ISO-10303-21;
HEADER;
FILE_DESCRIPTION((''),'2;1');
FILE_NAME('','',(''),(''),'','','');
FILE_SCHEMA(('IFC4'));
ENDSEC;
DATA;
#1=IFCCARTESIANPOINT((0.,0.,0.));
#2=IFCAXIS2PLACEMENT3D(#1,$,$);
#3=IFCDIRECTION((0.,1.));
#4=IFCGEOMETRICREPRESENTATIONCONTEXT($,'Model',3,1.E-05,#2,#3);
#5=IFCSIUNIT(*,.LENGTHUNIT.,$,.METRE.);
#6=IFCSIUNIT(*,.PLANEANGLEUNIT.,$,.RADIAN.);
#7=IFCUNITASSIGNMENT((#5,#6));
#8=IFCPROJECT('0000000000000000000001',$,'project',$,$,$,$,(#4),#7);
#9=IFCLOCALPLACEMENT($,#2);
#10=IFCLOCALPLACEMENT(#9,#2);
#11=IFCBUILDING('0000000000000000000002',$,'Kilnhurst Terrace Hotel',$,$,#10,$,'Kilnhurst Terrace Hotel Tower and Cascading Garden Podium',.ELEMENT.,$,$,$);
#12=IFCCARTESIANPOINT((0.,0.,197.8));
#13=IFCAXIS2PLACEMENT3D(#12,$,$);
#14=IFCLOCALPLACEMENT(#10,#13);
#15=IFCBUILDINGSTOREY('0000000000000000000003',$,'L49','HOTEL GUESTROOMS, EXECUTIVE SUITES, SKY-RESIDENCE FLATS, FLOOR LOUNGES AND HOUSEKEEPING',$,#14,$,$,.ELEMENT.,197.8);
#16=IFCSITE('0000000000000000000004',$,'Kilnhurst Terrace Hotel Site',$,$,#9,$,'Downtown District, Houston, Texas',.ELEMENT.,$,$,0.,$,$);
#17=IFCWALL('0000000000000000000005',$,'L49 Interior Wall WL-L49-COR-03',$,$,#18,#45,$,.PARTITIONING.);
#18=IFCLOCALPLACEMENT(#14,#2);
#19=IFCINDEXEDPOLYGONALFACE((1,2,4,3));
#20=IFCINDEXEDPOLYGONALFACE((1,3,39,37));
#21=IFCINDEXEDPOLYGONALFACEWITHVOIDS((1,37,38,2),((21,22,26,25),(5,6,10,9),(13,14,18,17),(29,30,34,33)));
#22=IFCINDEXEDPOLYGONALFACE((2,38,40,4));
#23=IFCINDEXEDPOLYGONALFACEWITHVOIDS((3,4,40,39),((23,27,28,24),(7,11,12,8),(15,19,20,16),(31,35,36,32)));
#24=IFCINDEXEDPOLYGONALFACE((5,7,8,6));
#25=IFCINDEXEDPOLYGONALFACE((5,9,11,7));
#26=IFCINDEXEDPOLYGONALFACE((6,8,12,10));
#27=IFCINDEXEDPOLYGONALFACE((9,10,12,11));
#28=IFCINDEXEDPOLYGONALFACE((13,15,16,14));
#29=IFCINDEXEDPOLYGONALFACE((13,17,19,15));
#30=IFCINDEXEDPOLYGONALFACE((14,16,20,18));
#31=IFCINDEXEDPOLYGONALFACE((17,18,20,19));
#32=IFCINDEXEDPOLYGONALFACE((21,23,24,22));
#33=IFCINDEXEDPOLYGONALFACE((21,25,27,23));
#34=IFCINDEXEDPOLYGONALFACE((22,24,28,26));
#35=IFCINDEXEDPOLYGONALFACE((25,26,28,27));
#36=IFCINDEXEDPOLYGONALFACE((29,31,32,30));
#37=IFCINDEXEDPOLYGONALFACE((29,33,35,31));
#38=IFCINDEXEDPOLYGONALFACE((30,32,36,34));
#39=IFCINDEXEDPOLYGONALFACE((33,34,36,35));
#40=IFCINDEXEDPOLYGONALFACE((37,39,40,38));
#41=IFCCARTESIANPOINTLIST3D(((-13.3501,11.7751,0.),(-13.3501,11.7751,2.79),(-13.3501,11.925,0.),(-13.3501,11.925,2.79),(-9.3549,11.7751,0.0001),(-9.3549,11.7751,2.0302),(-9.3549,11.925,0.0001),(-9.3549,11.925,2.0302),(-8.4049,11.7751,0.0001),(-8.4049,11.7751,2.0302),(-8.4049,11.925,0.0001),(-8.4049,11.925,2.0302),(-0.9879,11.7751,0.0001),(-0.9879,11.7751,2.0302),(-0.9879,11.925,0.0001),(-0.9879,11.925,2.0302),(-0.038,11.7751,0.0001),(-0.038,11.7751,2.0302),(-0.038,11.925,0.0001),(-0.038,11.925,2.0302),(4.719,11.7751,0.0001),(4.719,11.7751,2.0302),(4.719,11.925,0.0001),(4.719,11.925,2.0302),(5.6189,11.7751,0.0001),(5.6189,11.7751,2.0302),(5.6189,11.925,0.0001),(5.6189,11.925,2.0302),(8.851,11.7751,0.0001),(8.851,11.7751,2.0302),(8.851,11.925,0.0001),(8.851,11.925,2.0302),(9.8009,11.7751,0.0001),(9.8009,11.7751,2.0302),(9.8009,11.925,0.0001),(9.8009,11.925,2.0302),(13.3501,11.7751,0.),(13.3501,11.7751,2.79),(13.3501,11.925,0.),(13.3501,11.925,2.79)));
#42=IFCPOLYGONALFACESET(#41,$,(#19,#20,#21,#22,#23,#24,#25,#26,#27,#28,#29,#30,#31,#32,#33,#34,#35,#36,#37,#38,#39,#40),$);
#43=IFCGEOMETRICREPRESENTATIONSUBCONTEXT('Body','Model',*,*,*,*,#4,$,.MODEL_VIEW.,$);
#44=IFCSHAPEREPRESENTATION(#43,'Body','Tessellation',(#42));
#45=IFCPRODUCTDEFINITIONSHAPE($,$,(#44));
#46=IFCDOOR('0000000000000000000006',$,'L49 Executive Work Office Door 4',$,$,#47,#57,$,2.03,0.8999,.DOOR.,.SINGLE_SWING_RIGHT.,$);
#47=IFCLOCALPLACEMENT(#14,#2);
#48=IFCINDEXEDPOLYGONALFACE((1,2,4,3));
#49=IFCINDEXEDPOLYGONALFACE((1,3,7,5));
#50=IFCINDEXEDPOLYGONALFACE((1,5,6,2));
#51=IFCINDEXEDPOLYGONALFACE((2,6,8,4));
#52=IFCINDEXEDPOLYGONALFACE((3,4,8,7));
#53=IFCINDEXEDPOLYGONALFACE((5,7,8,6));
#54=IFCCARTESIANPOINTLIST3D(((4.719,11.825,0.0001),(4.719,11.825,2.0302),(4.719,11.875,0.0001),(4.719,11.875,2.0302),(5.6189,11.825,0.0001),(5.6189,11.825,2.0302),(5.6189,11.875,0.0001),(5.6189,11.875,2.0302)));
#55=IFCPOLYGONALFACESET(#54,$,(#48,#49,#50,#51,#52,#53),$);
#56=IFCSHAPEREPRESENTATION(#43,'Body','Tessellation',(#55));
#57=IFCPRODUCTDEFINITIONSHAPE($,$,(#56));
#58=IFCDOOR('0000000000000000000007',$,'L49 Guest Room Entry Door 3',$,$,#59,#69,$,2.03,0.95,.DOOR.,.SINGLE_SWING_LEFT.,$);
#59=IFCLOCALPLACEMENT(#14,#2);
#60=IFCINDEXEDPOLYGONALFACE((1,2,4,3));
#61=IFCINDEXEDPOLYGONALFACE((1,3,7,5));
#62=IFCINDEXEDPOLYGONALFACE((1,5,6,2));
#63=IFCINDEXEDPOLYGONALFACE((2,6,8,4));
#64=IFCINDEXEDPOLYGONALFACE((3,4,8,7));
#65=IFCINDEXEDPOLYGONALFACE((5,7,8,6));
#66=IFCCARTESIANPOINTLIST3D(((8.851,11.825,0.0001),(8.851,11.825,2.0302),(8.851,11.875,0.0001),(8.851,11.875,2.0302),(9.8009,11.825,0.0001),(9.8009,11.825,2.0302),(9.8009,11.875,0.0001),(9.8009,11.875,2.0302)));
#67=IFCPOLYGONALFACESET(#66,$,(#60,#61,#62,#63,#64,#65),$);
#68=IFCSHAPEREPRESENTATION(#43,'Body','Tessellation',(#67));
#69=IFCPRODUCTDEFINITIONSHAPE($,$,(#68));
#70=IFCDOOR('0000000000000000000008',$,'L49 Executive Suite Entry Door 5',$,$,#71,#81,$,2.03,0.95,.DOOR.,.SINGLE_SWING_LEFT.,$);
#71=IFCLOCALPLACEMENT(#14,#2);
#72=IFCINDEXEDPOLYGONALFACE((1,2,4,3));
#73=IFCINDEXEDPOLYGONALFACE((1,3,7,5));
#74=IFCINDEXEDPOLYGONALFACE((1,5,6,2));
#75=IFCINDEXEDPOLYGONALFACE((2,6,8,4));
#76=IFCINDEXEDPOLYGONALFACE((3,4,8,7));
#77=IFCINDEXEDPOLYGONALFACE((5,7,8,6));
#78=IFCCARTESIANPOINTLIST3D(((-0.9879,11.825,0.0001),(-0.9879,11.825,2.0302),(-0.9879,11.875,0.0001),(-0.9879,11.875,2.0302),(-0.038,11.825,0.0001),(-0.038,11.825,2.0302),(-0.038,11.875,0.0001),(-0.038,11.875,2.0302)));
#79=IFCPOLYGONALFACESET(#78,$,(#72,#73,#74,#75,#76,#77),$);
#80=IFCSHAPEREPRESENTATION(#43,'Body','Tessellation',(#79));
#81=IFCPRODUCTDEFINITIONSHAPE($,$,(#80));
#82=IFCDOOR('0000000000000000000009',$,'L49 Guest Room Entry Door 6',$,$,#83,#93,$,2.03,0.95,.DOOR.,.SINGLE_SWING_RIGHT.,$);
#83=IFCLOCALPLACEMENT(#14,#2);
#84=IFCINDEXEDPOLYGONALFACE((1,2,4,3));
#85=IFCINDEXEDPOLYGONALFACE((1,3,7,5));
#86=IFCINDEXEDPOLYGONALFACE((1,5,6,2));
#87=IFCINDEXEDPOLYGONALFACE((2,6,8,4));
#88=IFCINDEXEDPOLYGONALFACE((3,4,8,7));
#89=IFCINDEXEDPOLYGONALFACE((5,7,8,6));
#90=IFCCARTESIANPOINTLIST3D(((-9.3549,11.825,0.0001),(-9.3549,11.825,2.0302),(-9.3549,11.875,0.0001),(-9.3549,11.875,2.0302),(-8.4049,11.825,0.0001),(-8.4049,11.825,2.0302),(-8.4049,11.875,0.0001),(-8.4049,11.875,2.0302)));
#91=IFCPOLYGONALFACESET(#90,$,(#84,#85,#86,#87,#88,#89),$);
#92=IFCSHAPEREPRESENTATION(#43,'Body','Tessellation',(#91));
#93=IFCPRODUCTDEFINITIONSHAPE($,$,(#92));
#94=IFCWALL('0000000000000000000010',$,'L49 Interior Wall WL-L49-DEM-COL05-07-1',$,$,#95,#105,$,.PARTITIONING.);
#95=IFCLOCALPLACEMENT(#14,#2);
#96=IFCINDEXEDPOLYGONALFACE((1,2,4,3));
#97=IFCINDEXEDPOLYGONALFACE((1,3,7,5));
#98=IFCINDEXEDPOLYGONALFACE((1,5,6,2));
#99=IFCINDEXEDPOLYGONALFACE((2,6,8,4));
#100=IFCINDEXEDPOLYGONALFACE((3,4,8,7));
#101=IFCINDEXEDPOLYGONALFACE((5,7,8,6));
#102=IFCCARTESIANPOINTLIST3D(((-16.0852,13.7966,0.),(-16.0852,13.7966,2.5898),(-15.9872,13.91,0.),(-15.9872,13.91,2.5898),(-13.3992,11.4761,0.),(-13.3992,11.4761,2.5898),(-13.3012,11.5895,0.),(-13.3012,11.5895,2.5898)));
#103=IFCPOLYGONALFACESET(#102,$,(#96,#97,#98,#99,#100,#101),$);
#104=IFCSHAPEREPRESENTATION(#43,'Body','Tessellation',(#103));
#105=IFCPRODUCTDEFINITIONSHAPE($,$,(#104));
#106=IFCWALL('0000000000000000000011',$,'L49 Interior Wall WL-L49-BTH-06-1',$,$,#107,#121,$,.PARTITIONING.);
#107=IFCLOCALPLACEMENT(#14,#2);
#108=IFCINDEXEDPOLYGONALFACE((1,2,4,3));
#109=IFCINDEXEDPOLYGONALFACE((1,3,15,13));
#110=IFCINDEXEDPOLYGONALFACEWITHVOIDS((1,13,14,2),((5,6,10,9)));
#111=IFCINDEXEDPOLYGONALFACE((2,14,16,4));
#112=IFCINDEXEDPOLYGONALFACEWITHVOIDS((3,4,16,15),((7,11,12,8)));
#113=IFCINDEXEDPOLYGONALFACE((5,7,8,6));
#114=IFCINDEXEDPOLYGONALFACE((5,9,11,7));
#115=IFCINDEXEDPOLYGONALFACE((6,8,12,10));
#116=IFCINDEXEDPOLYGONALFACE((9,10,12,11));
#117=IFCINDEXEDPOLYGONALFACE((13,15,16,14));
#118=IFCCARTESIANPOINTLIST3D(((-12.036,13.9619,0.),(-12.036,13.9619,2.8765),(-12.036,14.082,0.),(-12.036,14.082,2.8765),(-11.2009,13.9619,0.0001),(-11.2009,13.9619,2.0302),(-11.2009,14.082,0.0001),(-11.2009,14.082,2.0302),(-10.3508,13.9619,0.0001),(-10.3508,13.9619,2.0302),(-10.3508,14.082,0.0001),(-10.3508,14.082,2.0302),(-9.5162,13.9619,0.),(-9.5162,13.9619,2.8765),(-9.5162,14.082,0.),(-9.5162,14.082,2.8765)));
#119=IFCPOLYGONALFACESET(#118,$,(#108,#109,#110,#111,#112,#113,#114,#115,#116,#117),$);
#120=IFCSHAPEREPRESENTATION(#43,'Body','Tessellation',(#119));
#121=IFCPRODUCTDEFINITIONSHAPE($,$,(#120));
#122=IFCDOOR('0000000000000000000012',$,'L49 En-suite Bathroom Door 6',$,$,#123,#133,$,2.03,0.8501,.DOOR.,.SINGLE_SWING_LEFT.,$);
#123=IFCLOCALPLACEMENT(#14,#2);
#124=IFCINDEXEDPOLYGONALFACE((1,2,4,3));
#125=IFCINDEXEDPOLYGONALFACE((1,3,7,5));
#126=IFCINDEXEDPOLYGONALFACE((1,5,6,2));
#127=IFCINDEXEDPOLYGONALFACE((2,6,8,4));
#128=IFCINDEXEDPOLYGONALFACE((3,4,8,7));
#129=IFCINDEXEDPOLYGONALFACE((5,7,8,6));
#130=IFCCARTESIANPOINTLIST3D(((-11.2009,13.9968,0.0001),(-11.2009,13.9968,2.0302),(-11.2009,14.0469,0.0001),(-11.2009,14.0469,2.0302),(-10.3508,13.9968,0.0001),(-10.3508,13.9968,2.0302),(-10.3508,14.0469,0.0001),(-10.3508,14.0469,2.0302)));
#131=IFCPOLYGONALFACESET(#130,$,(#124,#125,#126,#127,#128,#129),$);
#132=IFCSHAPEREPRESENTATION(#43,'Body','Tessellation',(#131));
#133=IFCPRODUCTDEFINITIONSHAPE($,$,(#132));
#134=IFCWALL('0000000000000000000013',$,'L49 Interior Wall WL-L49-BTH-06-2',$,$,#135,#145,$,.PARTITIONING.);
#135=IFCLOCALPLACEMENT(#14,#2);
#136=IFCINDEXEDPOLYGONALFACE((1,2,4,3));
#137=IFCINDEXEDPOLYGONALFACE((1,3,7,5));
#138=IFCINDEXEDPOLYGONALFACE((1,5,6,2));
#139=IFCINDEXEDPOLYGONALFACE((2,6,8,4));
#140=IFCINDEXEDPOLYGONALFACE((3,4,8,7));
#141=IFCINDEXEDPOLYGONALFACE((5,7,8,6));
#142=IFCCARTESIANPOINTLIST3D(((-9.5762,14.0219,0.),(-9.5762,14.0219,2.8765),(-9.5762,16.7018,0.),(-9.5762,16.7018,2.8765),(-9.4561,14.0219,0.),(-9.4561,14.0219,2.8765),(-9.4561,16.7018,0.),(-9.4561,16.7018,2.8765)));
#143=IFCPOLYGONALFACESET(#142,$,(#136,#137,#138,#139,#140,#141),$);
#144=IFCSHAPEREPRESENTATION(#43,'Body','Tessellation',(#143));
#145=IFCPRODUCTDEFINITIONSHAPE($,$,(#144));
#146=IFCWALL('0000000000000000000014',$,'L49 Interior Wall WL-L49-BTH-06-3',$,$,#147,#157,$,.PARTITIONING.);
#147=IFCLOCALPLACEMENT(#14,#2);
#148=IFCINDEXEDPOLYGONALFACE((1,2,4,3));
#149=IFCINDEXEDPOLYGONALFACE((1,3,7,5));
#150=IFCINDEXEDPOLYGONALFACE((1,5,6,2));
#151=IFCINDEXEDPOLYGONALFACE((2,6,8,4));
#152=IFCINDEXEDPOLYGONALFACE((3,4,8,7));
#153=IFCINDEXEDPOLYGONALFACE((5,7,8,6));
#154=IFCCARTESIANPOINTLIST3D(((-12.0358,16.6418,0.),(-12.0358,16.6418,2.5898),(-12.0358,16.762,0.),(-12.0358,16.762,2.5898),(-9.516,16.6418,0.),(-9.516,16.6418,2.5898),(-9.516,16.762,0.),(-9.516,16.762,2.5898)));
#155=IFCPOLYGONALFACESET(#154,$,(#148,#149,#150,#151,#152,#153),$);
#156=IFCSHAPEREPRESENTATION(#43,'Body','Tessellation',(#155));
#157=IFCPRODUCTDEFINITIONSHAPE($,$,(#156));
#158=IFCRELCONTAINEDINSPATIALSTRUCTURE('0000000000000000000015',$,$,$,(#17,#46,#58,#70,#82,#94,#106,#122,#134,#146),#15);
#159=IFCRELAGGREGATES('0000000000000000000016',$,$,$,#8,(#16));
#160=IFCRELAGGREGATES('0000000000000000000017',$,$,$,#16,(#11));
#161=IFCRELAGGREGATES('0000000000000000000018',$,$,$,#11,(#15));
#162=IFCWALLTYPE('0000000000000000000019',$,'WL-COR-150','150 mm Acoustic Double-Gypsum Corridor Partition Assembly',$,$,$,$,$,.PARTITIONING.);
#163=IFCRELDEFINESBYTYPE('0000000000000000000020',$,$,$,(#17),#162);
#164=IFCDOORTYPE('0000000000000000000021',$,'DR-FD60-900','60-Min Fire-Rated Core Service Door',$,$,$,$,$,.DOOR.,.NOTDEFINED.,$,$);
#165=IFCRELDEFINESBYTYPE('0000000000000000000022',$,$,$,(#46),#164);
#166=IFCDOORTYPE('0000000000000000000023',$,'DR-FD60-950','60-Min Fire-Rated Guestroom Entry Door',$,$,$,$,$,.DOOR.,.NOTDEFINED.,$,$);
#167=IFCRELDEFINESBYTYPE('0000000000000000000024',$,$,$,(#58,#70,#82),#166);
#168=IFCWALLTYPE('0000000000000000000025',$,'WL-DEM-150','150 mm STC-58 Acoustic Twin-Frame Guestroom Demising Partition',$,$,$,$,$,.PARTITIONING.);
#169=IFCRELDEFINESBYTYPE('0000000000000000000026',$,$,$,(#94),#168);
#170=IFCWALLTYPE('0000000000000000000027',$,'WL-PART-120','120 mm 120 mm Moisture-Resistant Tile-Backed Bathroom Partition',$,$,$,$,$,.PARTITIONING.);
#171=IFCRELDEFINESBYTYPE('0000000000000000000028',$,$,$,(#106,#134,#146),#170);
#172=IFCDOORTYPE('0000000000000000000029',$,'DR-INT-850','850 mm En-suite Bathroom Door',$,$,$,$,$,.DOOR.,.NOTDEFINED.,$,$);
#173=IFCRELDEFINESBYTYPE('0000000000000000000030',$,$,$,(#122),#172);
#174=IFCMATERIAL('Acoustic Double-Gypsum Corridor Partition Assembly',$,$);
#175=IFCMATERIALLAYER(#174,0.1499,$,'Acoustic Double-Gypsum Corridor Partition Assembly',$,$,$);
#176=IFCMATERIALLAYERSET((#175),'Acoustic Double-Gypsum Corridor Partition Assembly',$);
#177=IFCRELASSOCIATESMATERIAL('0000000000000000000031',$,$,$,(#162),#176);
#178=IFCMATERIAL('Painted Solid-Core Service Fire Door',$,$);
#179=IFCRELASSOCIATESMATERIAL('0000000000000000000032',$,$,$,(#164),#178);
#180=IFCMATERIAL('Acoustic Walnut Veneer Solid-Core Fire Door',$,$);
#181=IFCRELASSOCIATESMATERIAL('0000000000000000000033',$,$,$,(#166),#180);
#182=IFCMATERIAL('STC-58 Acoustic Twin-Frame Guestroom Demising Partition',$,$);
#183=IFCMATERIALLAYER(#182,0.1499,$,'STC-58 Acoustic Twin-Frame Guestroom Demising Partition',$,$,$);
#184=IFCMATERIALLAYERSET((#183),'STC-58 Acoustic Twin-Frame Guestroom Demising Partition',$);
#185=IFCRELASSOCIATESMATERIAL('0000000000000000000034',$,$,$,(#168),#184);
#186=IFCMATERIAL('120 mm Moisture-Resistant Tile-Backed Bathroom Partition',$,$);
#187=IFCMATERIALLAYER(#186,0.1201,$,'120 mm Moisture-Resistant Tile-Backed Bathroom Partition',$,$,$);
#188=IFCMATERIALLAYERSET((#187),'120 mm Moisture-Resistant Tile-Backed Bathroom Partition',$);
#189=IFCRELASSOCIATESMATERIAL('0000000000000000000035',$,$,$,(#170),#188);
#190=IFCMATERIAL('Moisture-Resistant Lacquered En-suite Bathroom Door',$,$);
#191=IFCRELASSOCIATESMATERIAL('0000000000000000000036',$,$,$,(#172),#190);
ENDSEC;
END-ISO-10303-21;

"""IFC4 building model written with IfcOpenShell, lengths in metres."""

from ifc_helpers import new_model, si_unit, direction, frame, frame_2d, origin, place, context, subcontext, project, spatial, rectangle, extrude, material, layer, layer_set, type_object, element, fill, save


model = new_model("IFC4")

# Units and contexts
model_context = context("Model", 3, precision=1e-05, world=origin(), true_north=direction((0.0, 1.0)))
body_context = subcontext(model_context, "Body", "Model", "MODEL_VIEW")
ifc_project = project(units=[si_unit("LENGTHUNIT", "METRE"), si_unit("PLANEANGLEUNIT", "RADIAN")], contexts=[model_context])

# Site, building, storey
site_placement = place(None, origin())
site = spatial("IfcSite", under=ifc_project, at=site_placement, Name="Kilnhurst Terrace Hotel Site", LongName="Downtown District, Houston, Texas", CompositionType="ELEMENT", RefElevation=0.0)
building_placement = place(site_placement, origin())
building = spatial("IfcBuilding", under=site, at=building_placement, Name="Kilnhurst Terrace Hotel", LongName="Kilnhurst Terrace Hotel Tower and Cascading Garden Podium", CompositionType="ELEMENT")
storey_placement = place(building_placement, frame((0.0, 0.0, 197.8)))
storey = spatial("IfcBuildingStorey", under=building, at=storey_placement, Name="L49", Description="HOTEL GUESTROOMS, EXECUTIVE SUITES, SKY-RESIDENCE FLATS, FLOOR LOUNGES AND HOUSEKEEPING", CompositionType="ELEMENT", Elevation=197.8)

# Wall, openings, doors
ifc_material_1 = material(Name="Acoustic Double-Gypsum Corridor Partition Assembly")
ifc_layer_1 = layer(ifc_material_1, 0.1499, Name="Acoustic Double-Gypsum Corridor Partition Assembly")
ifc_layer_set_1 = layer_set([ifc_layer_1], Name="Acoustic Double-Gypsum Corridor Partition Assembly")
wall_type_1 = type_object("IfcWallType", Name="WL-COR-150", Description="150 mm Acoustic Double-Gypsum Corridor Partition Assembly", PredefinedType="PARTITIONING", material=ifc_layer_set_1)
wall_1_placement = place(storey_placement, frame((-13.3501, 11.8501, 0.0), z_axis=(0.0, 0.0, 1.0), x_axis=(1.0, 0.0, 0.0)))
wall_1 = element("IfcWall", 1, at=wall_1_placement, inside=storey, type_object=wall_type_1, Name="L49 Interior Wall WL-L49-COR-03", PredefinedType="PARTITIONING", context=body_context, shape_type="SweptSolid", body=[
    extrude(rectangle(XDim=26.7002, YDim=0.1499, at=frame_2d((13.3501, 0.0))), origin(), (0.0, 0.0, 1.0), 2.79),
])
opening_1_placement = place(wall_1_placement, frame((22.2009, 0.0, 0.0)))
opening_1 = element("IfcOpeningElement", 2, at=opening_1_placement, cuts=wall_1, PredefinedType="OPENING", context=body_context, shape_type="SweptSolid", body=[
    extrude(rectangle(XDim=0.95, YDim=2.03, at=frame_2d((0.4751, 1.0151))), frame((0.0, 0.085, 0.0), z_axis=(0.0, -1.0, 0.0), x_axis=(1.0, 0.0, 0.0)), (0.0, 0.0, 1.0), 0.1699),
])
opening_2_placement = place(wall_1_placement, frame((18.0691, 0.0, 0.0)))
opening_2 = element("IfcOpeningElement", 3, at=opening_2_placement, cuts=wall_1, PredefinedType="OPENING", context=body_context, shape_type="SweptSolid", body=[
    extrude(rectangle(XDim=0.8999, YDim=2.03, at=frame_2d((0.45, 1.0151))), frame((0.0, 0.085, 0.0), z_axis=(0.0, -1.0, 0.0), x_axis=(1.0, 0.0, 0.0)), (0.0, 0.0, 1.0), 0.1699),
])
opening_3_placement = place(wall_1_placement, frame((12.3621, 0.0, 0.0)))
opening_3 = element("IfcOpeningElement", 4, at=opening_3_placement, cuts=wall_1, PredefinedType="OPENING", context=body_context, shape_type="SweptSolid", body=[
    extrude(rectangle(XDim=0.95, YDim=2.03, at=frame_2d((0.4751, 1.0151))), frame((0.0, 0.085, 0.0), z_axis=(0.0, -1.0, 0.0), x_axis=(1.0, 0.0, 0.0)), (0.0, 0.0, 1.0), 0.1699),
])
opening_4_placement = place(wall_1_placement, frame((3.9951, 0.0, 0.0)))
opening_4 = element("IfcOpeningElement", 5, at=opening_4_placement, cuts=wall_1, PredefinedType="OPENING", context=body_context, shape_type="SweptSolid", body=[
    extrude(rectangle(XDim=0.95, YDim=2.03, at=frame_2d((0.4751, 1.0151))), frame((0.0, 0.085, 0.0), z_axis=(0.0, -1.0, 0.0), x_axis=(1.0, 0.0, 0.0)), (0.0, 0.0, 1.0), 0.1699),
])
ifc_material_2 = material(Name="Painted Solid-Core Service Fire Door")
door_type_1 = type_object("IfcDoorType", Name="DR-FD60-900", Description="60-Min Fire-Rated Core Service Door", OperationType="NOTDEFINED", PredefinedType="DOOR", material=ifc_material_2)
door_1_placement = place(opening_2_placement, origin())
door_1 = element("IfcDoor", 6, at=door_1_placement, inside=storey, type_object=door_type_1, Name="L49 Executive Work Office Door 4", OperationType="SINGLE_SWING_RIGHT", OverallHeight=2.03, OverallWidth=0.8999, PredefinedType="DOOR", context=body_context, shape_type="SweptSolid", body=[
    extrude(rectangle(XDim=0.8999, YDim=2.03, at=frame_2d((0.45, 1.0151))), frame((0.0, 0.0249, 0.0), z_axis=(0.0, -1.0, 0.0), x_axis=(1.0, 0.0, 0.0)), (0.0, 0.0, 1.0), 0.05),
])
fill(opening_2, door_1)
ifc_material_3 = material(Name="Acoustic Walnut Veneer Solid-Core Fire Door")
door_type_2 = type_object("IfcDoorType", Name="DR-FD60-950", Description="60-Min Fire-Rated Guestroom Entry Door", OperationType="NOTDEFINED", PredefinedType="DOOR", material=ifc_material_3)
door_2_placement = place(opening_1_placement, origin())
door_2 = element("IfcDoor", 7, at=door_2_placement, inside=storey, type_object=door_type_2, Name="L49 Guest Room Entry Door 3", OperationType="SINGLE_SWING_LEFT", OverallHeight=2.03, OverallWidth=0.95, PredefinedType="DOOR", context=body_context, shape_type="SweptSolid", body=[
    extrude(rectangle(XDim=0.95, YDim=2.03, at=frame_2d((0.4751, 1.0151))), frame((0.0, 0.0249, 0.0), z_axis=(0.0, -1.0, 0.0), x_axis=(1.0, 0.0, 0.0)), (0.0, 0.0, 1.0), 0.05),
])
fill(opening_1, door_2)
door_3_placement = place(opening_3_placement, origin())
door_3 = element("IfcDoor", 8, at=door_3_placement, inside=storey, type_object=door_type_2, Name="L49 Executive Suite Entry Door 5", OperationType="SINGLE_SWING_LEFT", OverallHeight=2.03, OverallWidth=0.95, PredefinedType="DOOR", context=body_context, shape_type="SweptSolid", body=[
    extrude(rectangle(XDim=0.95, YDim=2.03, at=frame_2d((0.4751, 1.0151))), frame((0.0, 0.0249, 0.0), z_axis=(0.0, -1.0, 0.0), x_axis=(1.0, 0.0, 0.0)), (0.0, 0.0, 1.0), 0.05),
])
fill(opening_3, door_3)
door_4_placement = place(opening_4_placement, origin())
door_4 = element("IfcDoor", 9, at=door_4_placement, inside=storey, type_object=door_type_2, Name="L49 Guest Room Entry Door 6", OperationType="SINGLE_SWING_RIGHT", OverallHeight=2.03, OverallWidth=0.95, PredefinedType="DOOR", context=body_context, shape_type="SweptSolid", body=[
    extrude(rectangle(XDim=0.95, YDim=2.03, at=frame_2d((0.4751, 1.0151))), frame((0.0, 0.0249, 0.0), z_axis=(0.0, -1.0, 0.0), x_axis=(1.0, 0.0, 0.0)), (0.0, 0.0, 1.0), 0.05),
])
fill(opening_4, door_4)

# Wall
ifc_material_4 = material(Name="STC-58 Acoustic Twin-Frame Guestroom Demising Partition")
ifc_layer_2 = layer(ifc_material_4, 0.1499, Name="STC-58 Acoustic Twin-Frame Guestroom Demising Partition")
ifc_layer_set_2 = layer_set([ifc_layer_2], Name="STC-58 Acoustic Twin-Frame Guestroom Demising Partition")
wall_type_2 = type_object("IfcWallType", Name="WL-DEM-150", Description="150 mm STC-58 Acoustic Twin-Frame Guestroom Demising Partition", PredefinedType="PARTITIONING", material=ifc_layer_set_2)
wall_2_placement = place(storey_placement, frame((-13.3501, 11.5327, 0.0), z_axis=(0.0, 0.0, 1.0), x_axis=(-0.756712, 0.653749, 0.0)))
element("IfcWall", 10, at=wall_2_placement, inside=storey, type_object=wall_type_2, Name="L49 Interior Wall WL-L49-DEM-COL05-07-1", PredefinedType="PARTITIONING", context=body_context, shape_type="SweptSolid", body=[
    extrude(rectangle(XDim=3.5496, YDim=0.1499, at=frame_2d((1.7749, 0.0))), origin(), (0.0, 0.0, 1.0), 2.5898),
])

# Wall, opening, door
ifc_material_5 = material(Name="120 mm Moisture-Resistant Tile-Backed Bathroom Partition")
ifc_layer_3 = layer(ifc_material_5, 0.1201, Name="120 mm Moisture-Resistant Tile-Backed Bathroom Partition")
ifc_layer_set_3 = layer_set([ifc_layer_3], Name="120 mm Moisture-Resistant Tile-Backed Bathroom Partition")
wall_type_3 = type_object("IfcWallType", Name="WL-PART-120", Description="120 mm 120 mm Moisture-Resistant Tile-Backed Bathroom Partition", PredefinedType="PARTITIONING", material=ifc_layer_set_3)
wall_3_placement = place(storey_placement, frame((-12.0359, 14.022, 0.0), z_axis=(0.0, 0.0, 1.0), x_axis=(1.0, 0.0, 0.0)))
wall_3 = element("IfcWall", 11, at=wall_3_placement, inside=storey, type_object=wall_type_3, Name="L49 Interior Wall WL-L49-BTH-06-1", PredefinedType="PARTITIONING", context=body_context, shape_type="SweptSolid", body=[
    extrude(rectangle(XDim=2.5198, YDim=0.1201, at=frame_2d((1.2598, 0.0))), origin(), (0.0, 0.0, 1.0), 2.8765),
])
opening_5_placement = place(wall_3_placement, frame((0.835, 0.0, 0.0)))
opening_5 = element("IfcOpeningElement", 12, at=opening_5_placement, cuts=wall_3, PredefinedType="OPENING", context=body_context, shape_type="SweptSolid", body=[
    extrude(rectangle(XDim=0.8501, YDim=2.03, at=frame_2d((0.425, 1.0151))), frame((0.0, 0.0701, 0.0), z_axis=(0.0, -1.0, 0.0), x_axis=(1.0, 0.0, 0.0)), (0.0, 0.0, 1.0), 0.1401),
])
ifc_material_6 = material(Name="Moisture-Resistant Lacquered En-suite Bathroom Door")
door_type_3 = type_object("IfcDoorType", Name="DR-INT-850", Description="850 mm En-suite Bathroom Door", OperationType="NOTDEFINED", PredefinedType="DOOR", material=ifc_material_6)
door_5_placement = place(opening_5_placement, origin())
door_5 = element("IfcDoor", 13, at=door_5_placement, inside=storey, type_object=door_type_3, Name="L49 En-suite Bathroom Door 6", OperationType="SINGLE_SWING_LEFT", OverallHeight=2.03, OverallWidth=0.8501, PredefinedType="DOOR", context=body_context, shape_type="SweptSolid", body=[
    extrude(rectangle(XDim=0.8501, YDim=2.03, at=frame_2d((0.425, 1.0151))), frame((0.0, 0.0249, 0.0), z_axis=(0.0, -1.0, 0.0), x_axis=(1.0, 0.0, 0.0)), (0.0, 0.0, 1.0), 0.05),
])
fill(opening_5, door_5)

# Walls
wall_4_placement = place(storey_placement, frame((-9.5161, 14.022, 0.0), z_axis=(0.0, 0.0, 1.0), x_axis=(0.0, 1.0, 0.0)))
element("IfcWall", 14, at=wall_4_placement, inside=storey, type_object=wall_type_3, Name="L49 Interior Wall WL-L49-BTH-06-2", PredefinedType="PARTITIONING", context=body_context, shape_type="SweptSolid", body=[
    extrude(rectangle(XDim=2.6799, YDim=0.1201, at=frame_2d((1.3398, 0.0))), origin(), (0.0, 0.0, 1.0), 2.8765),
])
wall_5_placement = place(storey_placement, frame((-9.5161, 16.7019, 0.0), z_axis=(0.0, 0.0, 1.0), x_axis=(-1.0, 0.0, 0.0)))
element("IfcWall", 15, at=wall_5_placement, inside=storey, type_object=wall_type_3, Name="L49 Interior Wall WL-L49-BTH-06-3", PredefinedType="PARTITIONING", context=body_context, shape_type="SweptSolid", body=[
    extrude(rectangle(XDim=2.5198, YDim=0.1201, at=frame_2d((1.2598, 0.0))), origin(), (0.0, 0.0, 1.0), 2.5898),
])

save(model, "model.ifc")
